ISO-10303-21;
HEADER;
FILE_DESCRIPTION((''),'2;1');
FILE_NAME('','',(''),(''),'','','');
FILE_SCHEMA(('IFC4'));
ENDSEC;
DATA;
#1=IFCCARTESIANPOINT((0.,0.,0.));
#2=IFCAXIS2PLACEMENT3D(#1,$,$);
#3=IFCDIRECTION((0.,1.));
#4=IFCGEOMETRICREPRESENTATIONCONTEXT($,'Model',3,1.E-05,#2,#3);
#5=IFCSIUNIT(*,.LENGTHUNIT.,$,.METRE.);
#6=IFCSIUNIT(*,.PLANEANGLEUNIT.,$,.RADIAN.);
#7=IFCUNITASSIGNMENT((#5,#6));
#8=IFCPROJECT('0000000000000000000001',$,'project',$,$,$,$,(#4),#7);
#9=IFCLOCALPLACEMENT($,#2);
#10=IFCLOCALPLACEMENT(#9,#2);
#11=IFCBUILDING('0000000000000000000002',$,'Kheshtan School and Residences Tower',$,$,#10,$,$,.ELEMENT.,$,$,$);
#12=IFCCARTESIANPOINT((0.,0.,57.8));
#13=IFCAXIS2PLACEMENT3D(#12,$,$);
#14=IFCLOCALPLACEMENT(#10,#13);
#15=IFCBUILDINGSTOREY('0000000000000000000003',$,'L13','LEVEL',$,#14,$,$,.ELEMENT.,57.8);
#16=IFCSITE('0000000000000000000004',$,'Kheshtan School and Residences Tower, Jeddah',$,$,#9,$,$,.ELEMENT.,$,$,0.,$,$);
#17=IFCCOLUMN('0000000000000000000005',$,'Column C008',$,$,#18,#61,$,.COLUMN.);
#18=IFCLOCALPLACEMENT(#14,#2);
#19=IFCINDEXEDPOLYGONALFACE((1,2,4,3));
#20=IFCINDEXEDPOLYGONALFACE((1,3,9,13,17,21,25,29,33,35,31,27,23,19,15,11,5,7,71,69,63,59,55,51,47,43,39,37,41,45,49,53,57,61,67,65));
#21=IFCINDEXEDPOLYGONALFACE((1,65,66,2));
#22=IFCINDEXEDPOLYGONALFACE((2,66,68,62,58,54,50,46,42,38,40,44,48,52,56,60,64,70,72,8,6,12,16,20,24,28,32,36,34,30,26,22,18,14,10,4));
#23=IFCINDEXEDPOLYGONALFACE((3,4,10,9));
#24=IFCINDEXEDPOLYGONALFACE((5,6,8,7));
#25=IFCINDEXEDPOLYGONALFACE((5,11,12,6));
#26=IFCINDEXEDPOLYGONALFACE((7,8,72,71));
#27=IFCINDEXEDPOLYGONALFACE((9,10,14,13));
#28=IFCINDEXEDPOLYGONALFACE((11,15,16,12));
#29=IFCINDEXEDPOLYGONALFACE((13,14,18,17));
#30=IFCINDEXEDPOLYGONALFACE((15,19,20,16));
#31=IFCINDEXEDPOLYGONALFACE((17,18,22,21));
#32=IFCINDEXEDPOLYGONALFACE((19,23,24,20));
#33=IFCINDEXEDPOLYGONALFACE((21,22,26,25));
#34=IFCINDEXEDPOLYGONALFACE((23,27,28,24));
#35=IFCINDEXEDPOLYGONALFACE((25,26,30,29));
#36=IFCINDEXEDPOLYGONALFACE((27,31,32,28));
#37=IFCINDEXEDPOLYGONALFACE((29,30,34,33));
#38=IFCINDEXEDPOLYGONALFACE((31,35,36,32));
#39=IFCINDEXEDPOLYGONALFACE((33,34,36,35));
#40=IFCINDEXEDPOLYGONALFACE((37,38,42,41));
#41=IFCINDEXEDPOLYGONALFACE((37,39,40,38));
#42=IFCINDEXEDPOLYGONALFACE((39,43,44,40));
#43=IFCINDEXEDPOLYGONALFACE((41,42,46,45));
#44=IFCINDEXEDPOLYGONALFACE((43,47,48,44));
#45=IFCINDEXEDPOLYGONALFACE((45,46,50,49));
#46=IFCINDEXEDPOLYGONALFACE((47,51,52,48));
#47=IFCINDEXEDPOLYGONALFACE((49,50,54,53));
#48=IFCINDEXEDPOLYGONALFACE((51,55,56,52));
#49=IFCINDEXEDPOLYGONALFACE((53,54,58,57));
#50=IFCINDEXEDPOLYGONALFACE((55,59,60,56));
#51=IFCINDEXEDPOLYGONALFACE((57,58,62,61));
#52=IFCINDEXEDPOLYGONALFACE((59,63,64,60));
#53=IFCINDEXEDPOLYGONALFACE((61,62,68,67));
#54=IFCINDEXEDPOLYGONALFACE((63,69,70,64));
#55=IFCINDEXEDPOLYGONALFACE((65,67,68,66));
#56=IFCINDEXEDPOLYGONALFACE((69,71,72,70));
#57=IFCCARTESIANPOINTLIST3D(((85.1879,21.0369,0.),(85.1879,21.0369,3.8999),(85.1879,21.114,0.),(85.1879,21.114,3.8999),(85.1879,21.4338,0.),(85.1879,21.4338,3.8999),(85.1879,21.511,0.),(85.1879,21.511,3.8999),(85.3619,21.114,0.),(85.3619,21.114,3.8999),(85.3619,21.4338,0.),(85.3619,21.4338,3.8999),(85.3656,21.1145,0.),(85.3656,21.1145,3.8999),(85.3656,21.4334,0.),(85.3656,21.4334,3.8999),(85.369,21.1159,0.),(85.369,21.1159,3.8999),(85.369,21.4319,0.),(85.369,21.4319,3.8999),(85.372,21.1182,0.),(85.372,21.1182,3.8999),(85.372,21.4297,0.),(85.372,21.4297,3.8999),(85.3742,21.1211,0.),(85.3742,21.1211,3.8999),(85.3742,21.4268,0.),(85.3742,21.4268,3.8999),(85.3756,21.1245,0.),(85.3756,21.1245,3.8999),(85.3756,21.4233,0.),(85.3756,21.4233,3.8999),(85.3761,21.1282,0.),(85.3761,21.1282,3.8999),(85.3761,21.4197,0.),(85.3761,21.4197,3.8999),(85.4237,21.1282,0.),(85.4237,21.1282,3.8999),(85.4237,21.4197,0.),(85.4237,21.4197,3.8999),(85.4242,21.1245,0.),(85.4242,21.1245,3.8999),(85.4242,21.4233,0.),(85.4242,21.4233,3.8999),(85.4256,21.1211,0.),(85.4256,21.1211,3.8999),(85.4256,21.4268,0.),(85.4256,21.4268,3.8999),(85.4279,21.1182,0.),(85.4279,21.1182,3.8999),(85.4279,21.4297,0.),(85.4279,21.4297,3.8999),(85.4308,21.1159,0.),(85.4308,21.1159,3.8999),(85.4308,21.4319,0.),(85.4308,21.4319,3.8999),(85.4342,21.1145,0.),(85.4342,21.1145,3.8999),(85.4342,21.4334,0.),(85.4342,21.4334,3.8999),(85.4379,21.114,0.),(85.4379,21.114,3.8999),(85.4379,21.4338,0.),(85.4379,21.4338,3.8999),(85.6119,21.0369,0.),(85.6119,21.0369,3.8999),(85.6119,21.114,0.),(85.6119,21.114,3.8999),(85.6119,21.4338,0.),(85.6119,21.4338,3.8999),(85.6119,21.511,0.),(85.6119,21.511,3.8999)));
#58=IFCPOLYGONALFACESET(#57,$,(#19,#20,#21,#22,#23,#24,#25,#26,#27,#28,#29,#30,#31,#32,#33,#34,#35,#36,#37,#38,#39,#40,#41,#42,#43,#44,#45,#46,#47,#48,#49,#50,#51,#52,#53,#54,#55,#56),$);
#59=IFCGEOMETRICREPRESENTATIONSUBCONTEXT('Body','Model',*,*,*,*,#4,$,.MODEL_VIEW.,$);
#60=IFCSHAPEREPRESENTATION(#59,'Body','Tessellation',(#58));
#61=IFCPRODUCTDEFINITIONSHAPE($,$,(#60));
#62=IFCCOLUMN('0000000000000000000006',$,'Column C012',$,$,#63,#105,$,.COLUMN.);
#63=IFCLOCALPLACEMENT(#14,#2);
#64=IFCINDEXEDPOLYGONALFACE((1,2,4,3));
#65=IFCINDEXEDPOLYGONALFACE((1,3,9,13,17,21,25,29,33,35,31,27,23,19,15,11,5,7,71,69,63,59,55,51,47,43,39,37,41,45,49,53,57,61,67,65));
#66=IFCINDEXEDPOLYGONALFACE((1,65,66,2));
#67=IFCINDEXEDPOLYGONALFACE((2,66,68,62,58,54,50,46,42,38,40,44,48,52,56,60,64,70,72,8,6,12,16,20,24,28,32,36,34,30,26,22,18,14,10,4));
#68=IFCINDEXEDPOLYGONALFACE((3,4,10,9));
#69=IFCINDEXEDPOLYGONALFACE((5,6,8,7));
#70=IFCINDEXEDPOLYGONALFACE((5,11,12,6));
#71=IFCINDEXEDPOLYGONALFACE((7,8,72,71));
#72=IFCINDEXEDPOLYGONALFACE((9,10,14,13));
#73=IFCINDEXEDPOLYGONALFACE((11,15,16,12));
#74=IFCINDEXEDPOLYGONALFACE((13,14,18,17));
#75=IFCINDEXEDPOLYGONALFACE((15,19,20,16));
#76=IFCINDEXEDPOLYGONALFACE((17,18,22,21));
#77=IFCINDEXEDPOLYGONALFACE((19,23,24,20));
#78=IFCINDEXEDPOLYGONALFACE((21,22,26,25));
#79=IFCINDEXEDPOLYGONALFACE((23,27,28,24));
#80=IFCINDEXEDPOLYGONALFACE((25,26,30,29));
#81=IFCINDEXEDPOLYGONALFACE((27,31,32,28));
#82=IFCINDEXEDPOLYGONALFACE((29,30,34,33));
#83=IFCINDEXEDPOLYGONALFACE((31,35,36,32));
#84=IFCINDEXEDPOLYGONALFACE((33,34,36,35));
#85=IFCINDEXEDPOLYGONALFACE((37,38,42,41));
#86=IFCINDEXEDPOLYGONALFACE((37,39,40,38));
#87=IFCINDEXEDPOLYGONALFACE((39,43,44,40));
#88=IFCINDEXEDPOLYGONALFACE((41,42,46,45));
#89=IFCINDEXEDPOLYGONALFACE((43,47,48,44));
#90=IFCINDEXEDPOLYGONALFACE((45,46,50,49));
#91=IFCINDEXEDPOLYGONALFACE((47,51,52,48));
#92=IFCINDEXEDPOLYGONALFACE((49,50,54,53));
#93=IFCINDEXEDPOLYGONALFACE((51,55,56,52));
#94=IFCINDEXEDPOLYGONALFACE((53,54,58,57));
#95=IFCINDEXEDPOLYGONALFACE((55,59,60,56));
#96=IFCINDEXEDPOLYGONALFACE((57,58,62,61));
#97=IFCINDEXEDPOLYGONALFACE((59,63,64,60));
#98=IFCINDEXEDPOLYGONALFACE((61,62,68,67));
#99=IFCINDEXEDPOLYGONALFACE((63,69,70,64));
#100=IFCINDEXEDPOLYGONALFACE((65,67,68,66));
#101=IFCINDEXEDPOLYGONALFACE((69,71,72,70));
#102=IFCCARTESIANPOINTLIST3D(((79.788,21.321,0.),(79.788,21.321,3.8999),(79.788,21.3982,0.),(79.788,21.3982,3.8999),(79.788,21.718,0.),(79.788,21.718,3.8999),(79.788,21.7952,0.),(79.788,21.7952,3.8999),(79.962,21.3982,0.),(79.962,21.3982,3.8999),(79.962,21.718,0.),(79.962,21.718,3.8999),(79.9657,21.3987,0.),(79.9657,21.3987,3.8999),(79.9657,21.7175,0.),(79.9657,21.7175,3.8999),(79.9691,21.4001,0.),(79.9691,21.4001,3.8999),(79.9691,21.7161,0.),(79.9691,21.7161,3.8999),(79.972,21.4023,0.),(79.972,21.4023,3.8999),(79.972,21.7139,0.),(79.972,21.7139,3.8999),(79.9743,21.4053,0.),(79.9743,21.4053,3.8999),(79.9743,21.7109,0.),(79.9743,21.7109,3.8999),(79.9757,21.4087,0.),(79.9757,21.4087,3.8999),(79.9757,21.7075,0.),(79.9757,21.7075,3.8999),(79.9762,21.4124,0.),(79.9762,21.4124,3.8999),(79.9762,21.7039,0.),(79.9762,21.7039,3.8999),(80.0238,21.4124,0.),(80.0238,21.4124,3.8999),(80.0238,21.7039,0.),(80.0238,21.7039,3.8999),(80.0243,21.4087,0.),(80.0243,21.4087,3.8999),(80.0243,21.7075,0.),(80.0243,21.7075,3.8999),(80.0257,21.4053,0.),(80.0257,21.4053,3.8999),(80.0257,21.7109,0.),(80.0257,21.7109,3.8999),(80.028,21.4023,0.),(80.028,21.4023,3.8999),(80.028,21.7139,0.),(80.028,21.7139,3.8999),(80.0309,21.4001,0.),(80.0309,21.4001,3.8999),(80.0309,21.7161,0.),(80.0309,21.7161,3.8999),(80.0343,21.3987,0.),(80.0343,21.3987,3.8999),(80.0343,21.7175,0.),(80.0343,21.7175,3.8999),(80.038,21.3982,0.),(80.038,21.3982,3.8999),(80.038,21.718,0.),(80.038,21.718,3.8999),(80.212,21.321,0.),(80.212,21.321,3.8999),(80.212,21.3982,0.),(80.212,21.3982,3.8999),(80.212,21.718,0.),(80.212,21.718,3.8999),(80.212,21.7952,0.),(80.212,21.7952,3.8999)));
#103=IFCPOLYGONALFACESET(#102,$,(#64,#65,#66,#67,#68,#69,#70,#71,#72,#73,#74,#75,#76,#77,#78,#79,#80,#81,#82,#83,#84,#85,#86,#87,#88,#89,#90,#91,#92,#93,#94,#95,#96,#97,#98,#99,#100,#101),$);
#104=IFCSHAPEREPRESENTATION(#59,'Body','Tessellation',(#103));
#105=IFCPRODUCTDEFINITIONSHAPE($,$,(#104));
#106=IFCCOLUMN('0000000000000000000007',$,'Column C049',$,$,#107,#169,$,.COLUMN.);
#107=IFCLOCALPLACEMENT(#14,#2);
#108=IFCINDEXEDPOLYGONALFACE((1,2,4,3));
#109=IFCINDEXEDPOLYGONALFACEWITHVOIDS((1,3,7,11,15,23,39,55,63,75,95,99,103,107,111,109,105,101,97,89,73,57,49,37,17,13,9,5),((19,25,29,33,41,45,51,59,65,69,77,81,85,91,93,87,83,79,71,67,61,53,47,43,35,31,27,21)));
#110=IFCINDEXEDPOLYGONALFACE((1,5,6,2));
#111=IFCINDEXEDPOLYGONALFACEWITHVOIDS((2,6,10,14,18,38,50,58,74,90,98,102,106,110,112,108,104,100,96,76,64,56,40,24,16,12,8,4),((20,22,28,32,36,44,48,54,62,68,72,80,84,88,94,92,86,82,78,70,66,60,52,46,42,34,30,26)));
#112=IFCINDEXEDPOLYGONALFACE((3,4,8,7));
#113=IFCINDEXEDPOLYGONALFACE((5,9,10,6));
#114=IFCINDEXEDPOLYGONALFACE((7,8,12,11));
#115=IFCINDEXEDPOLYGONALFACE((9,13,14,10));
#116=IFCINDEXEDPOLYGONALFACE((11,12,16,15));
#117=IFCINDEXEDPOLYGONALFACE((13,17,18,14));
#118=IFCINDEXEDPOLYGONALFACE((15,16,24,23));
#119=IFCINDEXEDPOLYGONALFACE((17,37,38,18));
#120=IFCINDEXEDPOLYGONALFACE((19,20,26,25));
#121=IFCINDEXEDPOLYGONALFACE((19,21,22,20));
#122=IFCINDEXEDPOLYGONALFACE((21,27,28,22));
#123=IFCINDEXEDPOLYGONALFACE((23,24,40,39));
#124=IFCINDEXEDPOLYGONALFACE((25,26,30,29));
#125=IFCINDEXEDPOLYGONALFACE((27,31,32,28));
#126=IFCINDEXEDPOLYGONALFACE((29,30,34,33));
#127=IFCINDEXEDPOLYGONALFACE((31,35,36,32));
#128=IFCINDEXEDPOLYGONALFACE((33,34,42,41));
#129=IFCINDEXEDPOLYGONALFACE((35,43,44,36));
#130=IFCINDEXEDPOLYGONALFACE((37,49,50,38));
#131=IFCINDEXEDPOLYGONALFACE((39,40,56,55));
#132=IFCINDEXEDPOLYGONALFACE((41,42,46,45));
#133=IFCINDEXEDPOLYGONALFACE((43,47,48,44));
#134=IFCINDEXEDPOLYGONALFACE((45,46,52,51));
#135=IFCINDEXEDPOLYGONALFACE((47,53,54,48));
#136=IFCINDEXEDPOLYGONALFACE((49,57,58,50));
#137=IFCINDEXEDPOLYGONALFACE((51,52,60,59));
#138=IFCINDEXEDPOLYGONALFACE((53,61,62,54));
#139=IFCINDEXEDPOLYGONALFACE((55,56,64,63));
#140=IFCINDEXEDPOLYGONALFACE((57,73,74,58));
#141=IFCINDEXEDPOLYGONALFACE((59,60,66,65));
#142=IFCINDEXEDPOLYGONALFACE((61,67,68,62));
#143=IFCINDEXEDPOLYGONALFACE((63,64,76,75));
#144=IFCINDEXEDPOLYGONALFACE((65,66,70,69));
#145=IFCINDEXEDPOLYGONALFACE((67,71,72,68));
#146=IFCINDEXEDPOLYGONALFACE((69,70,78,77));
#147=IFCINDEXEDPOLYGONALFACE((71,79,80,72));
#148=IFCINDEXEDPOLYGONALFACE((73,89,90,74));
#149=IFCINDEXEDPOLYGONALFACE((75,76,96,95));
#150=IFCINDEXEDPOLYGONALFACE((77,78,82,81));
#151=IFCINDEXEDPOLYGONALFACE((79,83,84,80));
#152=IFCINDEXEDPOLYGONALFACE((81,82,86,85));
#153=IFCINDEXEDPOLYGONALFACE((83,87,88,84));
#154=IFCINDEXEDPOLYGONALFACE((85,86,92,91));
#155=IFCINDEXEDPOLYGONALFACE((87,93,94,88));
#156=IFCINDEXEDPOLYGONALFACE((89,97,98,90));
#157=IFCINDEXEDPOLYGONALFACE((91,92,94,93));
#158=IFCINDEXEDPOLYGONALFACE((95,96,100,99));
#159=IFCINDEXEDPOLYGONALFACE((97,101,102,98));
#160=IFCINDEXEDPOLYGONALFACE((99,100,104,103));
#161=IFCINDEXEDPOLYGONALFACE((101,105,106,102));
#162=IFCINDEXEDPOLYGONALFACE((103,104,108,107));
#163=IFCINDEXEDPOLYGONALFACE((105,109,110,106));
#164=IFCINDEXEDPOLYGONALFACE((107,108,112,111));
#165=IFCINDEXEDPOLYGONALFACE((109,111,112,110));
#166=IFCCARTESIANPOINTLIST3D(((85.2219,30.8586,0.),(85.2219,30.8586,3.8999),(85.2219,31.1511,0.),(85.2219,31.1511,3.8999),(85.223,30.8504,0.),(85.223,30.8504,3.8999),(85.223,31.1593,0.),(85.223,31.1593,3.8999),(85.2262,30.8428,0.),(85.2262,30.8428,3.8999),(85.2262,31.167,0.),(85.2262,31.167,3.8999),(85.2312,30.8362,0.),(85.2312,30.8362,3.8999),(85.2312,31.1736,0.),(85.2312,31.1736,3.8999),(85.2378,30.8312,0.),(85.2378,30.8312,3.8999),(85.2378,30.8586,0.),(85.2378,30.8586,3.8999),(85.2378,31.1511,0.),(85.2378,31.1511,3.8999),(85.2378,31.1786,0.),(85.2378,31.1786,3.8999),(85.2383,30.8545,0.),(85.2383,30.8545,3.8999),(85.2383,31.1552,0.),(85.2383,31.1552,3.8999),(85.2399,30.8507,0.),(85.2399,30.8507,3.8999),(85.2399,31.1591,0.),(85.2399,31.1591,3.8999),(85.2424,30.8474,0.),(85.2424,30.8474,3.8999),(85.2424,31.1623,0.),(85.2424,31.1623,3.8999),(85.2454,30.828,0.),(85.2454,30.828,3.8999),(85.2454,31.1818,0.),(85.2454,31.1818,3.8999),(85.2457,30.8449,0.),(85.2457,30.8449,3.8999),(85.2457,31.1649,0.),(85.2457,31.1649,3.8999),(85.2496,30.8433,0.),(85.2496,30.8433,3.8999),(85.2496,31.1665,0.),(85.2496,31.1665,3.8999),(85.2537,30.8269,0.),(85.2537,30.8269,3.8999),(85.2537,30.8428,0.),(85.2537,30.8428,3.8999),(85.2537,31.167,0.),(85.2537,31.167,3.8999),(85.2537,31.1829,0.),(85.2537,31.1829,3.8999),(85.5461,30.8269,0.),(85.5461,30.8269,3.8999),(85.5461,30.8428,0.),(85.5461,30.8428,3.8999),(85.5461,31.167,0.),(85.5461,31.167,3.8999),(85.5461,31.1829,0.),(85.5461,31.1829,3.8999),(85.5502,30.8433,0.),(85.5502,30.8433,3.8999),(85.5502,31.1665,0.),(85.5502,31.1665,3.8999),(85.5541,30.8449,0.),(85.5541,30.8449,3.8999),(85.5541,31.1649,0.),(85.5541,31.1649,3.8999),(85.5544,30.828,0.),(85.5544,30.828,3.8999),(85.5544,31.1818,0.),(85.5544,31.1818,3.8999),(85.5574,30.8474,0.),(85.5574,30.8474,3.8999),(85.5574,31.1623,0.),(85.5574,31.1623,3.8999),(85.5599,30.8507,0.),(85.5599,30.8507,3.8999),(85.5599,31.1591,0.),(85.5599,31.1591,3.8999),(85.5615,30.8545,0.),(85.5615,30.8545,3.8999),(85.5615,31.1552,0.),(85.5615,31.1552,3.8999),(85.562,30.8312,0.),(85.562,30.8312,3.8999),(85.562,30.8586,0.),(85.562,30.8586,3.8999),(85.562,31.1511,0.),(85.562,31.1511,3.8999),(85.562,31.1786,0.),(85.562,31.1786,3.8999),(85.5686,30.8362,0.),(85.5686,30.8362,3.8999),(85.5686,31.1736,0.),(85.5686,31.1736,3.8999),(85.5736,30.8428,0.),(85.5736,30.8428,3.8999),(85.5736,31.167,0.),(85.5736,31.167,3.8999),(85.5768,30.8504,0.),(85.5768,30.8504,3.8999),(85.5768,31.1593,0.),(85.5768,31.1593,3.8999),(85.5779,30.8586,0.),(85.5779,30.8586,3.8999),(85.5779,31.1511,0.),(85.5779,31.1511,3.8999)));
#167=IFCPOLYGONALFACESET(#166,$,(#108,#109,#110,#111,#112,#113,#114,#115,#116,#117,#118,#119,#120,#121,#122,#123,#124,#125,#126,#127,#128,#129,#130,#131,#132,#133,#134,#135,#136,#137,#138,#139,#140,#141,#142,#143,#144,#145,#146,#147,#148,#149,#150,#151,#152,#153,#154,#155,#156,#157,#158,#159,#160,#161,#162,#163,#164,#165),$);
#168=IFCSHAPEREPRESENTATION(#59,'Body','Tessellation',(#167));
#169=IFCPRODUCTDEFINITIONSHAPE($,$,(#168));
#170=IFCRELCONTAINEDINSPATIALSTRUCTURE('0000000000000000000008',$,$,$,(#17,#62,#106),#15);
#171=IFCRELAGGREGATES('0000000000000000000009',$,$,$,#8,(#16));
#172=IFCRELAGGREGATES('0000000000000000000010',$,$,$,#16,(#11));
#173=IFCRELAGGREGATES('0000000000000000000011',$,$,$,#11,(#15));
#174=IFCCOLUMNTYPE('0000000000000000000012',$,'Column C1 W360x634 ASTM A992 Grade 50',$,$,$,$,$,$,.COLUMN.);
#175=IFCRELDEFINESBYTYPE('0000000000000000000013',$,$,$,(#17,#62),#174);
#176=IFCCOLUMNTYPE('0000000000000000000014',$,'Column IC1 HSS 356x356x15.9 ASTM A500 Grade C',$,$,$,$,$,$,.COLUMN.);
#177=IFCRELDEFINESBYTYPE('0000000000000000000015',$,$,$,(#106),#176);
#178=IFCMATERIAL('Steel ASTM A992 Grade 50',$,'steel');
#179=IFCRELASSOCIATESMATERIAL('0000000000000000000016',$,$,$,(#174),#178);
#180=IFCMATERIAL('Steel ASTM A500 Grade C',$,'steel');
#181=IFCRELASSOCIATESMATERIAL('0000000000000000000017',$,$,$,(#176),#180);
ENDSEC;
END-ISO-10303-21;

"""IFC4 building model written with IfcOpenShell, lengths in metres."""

from ifc_helpers import new_model, si_unit, direction, frame, origin, origin_2d, place, context, subcontext, project, spatial, hollow_rectangle, i_section, extrude, material, material_profile, profile_set, type_object, element, save


model = new_model("IFC4")

# Units and contexts
model_context = context("Model", 3, precision=1e-05, world=origin(), true_north=direction((0.0, 1.0)))
body_context = subcontext(model_context, "Body", "Model", "MODEL_VIEW")
ifc_project = project(units=[si_unit("LENGTHUNIT", "METRE"), si_unit("PLANEANGLEUNIT", "RADIAN")], contexts=[model_context])

# Site, building, storey
site_placement = place(None, origin())
site = spatial("IfcSite", under=ifc_project, at=site_placement, Name="Kheshtan School and Residences Tower, Jeddah", CompositionType="ELEMENT", RefElevation=0.0)
building_placement = place(site_placement, origin())
building = spatial("IfcBuilding", under=site, at=building_placement, Name="Kheshtan School and Residences Tower", CompositionType="ELEMENT")
storey_placement = place(building_placement, frame((0.0, 0.0, 57.8)))
storey = spatial("IfcBuildingStorey", under=building, at=storey_placement, Name="L13", Description="LEVEL", CompositionType="ELEMENT", Elevation=57.8)

# Columns
ifc_material_1 = material(Name="Steel ASTM A992 Grade 50", Category="steel")
ifc_material_profile_1 = material_profile(ifc_material_1, i_section(OverallWidth=0.4241, OverallDepth=0.4741, WebThickness=0.0476, FlangeThickness=0.0771, FilletRadius=0.0142, at=origin_2d()), Name="W360x634")
ifc_profile_set_1 = profile_set([ifc_material_profile_1], Name="Steel ASTM A992 Grade 50")
column_type_1 = type_object("IfcColumnType", Name="Column C1 W360x634 ASTM A992 Grade 50", PredefinedType="COLUMN", material=ifc_profile_set_1)
for number, where, z_axis, x_axis, name in (
    (1, (85.3999, 21.2739, 0.0), (0.0, 0.0, 1.0), (1.0, 0.0, 0.0), "Column C008"),
    (2, (80.0, 21.5581, 0.0), (0.0, 0.0, 1.0), (1.0, 0.0, 0.0), "Column C012"),
):
    element("IfcColumn", number, at=place(storey_placement, frame(where, z_axis=z_axis, x_axis=x_axis)), inside=storey, type_object=column_type_1, Name=name, PredefinedType="COLUMN", context=body_context, shape_type="SweptSolid", body=[
        extrude(i_section(OverallWidth=0.4241, OverallDepth=0.4741, WebThickness=0.0476, FlangeThickness=0.0771, FilletRadius=0.0142, at=origin_2d()), origin(), (0.0, 0.0, 1.0), 3.8999),
    ])
ifc_material_2 = material(Name="Steel ASTM A500 Grade C", Category="steel")
ifc_material_profile_2 = material_profile(ifc_material_2, hollow_rectangle(XDim=0.356, YDim=0.356, WallThickness=0.0159, InnerFilletRadius=0.0159, OuterFilletRadius=0.0317, at=origin_2d()), Name="HSS 356x356x15.9")
ifc_profile_set_2 = profile_set([ifc_material_profile_2], Name="Steel ASTM A500 Grade C")
column_type_2 = type_object("IfcColumnType", Name="Column IC1 HSS 356x356x15.9 ASTM A500 Grade C", PredefinedType="COLUMN", material=ifc_profile_set_2)
column_placement = place(storey_placement, frame((85.3999, 31.0049, 0.0), z_axis=(0.0, 0.0, 1.0), x_axis=(1.0, 0.0, 0.0)))
element("IfcColumn", 3, at=column_placement, inside=storey, type_object=column_type_2, Name="Column C049", PredefinedType="COLUMN", context=body_context, shape_type="SweptSolid", body=[
    extrude(hollow_rectangle(XDim=0.356, YDim=0.356, WallThickness=0.0159, InnerFilletRadius=0.0159, OuterFilletRadius=0.0317, at=origin_2d()), origin(), (0.0, 0.0, 1.0), 3.8999),
])

save(model, "model.ifc")
